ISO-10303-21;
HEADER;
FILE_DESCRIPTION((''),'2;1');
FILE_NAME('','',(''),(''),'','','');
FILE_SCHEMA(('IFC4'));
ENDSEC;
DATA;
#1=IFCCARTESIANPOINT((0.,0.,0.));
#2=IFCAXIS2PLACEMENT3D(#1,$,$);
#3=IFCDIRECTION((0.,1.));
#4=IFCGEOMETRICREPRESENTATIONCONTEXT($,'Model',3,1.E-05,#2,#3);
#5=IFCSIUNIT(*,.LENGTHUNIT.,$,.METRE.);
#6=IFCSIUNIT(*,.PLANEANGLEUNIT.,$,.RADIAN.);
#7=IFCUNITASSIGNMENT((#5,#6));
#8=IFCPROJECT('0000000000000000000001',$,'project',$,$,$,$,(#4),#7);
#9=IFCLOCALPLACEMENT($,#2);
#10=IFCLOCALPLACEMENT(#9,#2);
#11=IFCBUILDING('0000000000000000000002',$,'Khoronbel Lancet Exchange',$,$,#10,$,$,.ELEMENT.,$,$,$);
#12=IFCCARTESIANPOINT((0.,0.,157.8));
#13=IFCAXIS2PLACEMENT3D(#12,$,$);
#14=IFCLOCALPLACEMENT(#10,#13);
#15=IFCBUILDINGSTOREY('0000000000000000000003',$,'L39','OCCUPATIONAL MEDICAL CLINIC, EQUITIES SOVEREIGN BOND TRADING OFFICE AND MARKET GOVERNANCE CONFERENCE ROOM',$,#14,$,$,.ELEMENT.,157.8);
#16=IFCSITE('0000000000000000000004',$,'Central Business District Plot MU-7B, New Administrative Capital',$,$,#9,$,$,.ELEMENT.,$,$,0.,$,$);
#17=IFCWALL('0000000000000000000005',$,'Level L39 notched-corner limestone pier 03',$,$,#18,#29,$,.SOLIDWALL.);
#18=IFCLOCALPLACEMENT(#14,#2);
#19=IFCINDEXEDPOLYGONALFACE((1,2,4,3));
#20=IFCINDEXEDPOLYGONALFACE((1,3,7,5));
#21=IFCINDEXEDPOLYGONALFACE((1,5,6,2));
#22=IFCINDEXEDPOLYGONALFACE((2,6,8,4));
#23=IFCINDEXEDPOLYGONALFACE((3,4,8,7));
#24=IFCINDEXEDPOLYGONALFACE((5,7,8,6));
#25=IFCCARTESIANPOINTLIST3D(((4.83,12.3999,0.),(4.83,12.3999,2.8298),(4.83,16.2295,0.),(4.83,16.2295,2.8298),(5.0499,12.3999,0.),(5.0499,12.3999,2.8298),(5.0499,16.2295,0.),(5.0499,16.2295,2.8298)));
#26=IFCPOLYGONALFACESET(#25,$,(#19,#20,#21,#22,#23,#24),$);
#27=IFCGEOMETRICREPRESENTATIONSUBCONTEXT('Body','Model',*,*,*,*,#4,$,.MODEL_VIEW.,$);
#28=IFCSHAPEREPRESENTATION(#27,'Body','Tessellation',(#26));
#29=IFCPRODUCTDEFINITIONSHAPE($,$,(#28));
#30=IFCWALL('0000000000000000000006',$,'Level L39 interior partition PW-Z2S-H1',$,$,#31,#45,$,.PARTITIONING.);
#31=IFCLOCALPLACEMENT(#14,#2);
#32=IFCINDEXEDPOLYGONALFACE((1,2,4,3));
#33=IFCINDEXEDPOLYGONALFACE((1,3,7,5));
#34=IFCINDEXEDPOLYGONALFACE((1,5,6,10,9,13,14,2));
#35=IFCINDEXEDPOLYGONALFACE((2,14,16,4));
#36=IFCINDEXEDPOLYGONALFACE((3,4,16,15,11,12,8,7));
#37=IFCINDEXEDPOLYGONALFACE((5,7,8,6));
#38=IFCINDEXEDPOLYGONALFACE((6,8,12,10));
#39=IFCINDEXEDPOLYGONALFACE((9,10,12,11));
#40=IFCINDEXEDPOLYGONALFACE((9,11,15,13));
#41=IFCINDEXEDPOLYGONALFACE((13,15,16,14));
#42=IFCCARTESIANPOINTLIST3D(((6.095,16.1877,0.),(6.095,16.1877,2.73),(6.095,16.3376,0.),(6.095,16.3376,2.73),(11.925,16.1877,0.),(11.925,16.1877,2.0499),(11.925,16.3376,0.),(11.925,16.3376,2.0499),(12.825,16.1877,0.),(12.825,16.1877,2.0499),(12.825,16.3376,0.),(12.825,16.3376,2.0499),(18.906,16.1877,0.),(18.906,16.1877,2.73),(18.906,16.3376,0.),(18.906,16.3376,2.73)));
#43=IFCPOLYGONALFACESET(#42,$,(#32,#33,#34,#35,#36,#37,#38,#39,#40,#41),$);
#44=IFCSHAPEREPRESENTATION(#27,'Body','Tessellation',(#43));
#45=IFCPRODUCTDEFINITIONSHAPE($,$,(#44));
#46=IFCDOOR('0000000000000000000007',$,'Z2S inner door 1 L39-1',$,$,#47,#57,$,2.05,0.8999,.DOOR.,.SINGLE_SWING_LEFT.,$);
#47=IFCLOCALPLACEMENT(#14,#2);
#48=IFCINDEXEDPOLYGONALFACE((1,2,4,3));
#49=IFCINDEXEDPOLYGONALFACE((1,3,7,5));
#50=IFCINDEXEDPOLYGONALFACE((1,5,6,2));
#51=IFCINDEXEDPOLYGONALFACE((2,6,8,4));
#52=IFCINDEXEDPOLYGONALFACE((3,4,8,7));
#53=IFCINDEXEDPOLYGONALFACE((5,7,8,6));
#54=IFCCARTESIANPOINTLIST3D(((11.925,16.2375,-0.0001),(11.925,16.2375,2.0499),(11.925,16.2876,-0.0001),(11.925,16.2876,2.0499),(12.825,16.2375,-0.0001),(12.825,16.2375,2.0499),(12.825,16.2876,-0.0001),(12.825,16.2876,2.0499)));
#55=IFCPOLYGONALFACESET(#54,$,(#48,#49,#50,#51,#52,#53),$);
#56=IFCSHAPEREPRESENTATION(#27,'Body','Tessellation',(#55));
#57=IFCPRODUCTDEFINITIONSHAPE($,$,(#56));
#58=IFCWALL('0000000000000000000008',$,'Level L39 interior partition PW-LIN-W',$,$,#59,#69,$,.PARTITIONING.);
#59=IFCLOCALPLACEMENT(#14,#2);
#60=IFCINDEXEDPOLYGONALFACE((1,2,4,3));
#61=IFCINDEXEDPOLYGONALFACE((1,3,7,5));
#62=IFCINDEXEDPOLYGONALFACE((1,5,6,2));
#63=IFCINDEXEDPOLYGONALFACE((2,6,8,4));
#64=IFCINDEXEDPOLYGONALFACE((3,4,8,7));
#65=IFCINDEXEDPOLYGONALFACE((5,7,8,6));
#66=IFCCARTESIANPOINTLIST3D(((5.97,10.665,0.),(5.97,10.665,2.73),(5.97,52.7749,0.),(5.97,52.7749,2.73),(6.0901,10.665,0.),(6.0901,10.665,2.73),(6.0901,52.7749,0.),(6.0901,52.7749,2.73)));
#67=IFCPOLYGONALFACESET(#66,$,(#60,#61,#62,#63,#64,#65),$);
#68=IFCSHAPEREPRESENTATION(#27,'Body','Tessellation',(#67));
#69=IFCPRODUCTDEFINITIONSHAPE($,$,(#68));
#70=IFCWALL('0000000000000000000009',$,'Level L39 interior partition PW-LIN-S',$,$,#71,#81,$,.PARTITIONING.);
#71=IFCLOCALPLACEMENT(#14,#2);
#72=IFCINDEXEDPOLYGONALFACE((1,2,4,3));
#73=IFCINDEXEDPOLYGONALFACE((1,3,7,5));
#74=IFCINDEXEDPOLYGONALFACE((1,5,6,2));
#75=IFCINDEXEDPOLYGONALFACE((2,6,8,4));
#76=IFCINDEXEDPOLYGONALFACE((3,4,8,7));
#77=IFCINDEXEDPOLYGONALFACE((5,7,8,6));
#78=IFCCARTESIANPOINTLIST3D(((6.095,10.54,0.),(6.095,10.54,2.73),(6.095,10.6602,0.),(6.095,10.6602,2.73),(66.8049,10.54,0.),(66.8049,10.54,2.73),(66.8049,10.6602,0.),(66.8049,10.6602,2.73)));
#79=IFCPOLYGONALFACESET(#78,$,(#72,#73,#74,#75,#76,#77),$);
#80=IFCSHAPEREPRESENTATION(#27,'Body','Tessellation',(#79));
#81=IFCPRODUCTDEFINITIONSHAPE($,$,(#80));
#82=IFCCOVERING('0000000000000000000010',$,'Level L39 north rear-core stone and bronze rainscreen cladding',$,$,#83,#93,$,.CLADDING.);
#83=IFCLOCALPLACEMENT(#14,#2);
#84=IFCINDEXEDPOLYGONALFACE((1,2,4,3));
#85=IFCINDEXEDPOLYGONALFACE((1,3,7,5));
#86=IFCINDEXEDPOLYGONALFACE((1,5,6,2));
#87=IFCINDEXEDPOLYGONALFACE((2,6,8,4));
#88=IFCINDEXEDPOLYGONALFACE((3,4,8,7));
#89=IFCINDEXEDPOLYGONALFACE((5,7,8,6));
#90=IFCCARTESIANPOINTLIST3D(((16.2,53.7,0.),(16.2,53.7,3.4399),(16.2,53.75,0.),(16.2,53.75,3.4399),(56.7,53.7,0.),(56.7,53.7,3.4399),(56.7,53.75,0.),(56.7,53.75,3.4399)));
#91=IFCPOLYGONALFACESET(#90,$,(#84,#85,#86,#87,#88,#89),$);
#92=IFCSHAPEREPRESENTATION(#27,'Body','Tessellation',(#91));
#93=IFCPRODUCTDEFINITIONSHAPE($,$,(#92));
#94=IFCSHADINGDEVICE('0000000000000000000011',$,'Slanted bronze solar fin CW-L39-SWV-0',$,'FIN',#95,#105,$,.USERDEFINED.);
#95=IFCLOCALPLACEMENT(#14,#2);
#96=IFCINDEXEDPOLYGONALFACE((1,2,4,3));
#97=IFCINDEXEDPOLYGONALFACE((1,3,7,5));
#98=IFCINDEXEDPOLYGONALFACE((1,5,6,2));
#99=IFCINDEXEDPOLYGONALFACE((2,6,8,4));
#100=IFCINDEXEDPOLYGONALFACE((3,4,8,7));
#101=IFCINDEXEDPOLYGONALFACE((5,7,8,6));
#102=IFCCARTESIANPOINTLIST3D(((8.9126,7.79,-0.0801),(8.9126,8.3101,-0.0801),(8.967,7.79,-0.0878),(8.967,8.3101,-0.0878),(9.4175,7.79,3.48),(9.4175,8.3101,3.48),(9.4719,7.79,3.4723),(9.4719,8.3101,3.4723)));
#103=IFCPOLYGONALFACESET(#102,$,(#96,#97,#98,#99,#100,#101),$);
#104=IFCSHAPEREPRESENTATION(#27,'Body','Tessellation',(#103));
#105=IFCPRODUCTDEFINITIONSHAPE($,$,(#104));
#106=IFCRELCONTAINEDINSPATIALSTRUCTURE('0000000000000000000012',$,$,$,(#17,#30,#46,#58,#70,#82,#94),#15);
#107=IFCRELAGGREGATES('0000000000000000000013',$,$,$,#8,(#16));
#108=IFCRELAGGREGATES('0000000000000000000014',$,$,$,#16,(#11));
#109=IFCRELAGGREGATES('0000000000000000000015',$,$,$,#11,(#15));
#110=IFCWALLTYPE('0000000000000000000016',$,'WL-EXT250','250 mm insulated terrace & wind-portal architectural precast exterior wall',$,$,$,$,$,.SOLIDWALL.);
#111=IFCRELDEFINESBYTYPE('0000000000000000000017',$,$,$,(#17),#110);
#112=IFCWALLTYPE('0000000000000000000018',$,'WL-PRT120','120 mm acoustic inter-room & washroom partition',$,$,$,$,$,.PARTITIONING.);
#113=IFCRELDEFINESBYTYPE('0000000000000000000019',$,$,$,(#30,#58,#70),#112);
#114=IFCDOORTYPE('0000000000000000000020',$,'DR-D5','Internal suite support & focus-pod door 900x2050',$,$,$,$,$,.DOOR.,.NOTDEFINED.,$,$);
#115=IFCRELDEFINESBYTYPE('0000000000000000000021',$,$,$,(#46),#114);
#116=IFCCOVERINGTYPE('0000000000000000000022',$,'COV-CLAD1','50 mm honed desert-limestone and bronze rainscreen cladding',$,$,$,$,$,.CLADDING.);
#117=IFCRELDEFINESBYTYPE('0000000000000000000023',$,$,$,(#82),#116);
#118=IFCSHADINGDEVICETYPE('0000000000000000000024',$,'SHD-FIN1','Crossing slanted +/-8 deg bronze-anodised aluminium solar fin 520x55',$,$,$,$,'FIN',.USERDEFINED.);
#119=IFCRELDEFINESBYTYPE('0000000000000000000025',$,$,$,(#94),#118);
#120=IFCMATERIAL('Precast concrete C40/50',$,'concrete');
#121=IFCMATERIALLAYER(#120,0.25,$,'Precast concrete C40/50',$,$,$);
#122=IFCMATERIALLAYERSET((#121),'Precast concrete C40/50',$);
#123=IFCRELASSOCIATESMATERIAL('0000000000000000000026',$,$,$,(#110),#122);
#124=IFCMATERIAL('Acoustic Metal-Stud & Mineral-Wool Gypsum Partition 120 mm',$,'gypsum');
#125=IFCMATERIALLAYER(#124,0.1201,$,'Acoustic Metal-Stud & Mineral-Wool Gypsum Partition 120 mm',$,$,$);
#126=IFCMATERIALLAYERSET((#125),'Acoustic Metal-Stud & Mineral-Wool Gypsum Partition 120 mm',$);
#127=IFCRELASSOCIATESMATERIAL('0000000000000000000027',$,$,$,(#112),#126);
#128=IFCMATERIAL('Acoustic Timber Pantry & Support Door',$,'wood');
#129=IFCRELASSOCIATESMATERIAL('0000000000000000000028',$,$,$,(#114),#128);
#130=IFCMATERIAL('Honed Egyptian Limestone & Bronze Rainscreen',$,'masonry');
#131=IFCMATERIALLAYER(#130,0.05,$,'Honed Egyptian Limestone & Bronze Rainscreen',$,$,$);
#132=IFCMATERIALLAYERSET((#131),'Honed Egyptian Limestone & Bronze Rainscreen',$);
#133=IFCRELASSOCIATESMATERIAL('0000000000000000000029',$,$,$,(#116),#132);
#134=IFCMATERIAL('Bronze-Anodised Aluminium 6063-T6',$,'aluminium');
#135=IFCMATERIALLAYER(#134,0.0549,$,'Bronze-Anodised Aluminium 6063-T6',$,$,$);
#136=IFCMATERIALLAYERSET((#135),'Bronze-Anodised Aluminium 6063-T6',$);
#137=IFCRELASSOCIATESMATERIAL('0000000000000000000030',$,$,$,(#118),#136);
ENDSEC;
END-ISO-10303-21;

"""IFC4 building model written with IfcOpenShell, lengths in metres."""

from ifc_helpers import new_model, si_unit, direction, frame, frame_2d, origin, place, context, subcontext, project, spatial, polyline, rectangle, outline, extrude, material, layer, layer_set, type_object, element, fill, save


model = new_model("IFC4")

# Units and contexts
model_context = context("Model", 3, precision=1e-05, world=origin(), true_north=direction((0.0, 1.0)))
body_context = subcontext(model_context, "Body", "Model", "MODEL_VIEW")
ifc_project = project(units=[si_unit("LENGTHUNIT", "METRE"), si_unit("PLANEANGLEUNIT", "RADIAN")], contexts=[model_context])

# Site, building, storey
site_placement = place(None, origin())
site = spatial("IfcSite", under=ifc_project, at=site_placement, Name="Central Business District Plot MU-7B, New Administrative Capital", CompositionType="ELEMENT", RefElevation=0.0)
building_placement = place(site_placement, origin())
building = spatial("IfcBuilding", under=site, at=building_placement, Name="Khoronbel Lancet Exchange", CompositionType="ELEMENT")
storey_placement = place(building_placement, frame((0.0, 0.0, 157.8)))
storey = spatial("IfcBuildingStorey", under=building, at=storey_placement, Name="L39", Description="OCCUPATIONAL MEDICAL CLINIC, EQUITIES SOVEREIGN BOND TRADING OFFICE AND MARKET GOVERNANCE CONFERENCE ROOM", CompositionType="ELEMENT", Elevation=157.8)

# Shared definitions
ifc_material_1 = material(Name="Bronze-Anodised Aluminium 6063-T6", Category="aluminium")

# Wall
ifc_material_2 = material(Name="Precast concrete C40/50", Category="concrete")
ifc_layer_1 = layer(ifc_material_2, 0.25, Name="Precast concrete C40/50")
ifc_layer_set_1 = layer_set([ifc_layer_1], Name="Precast concrete C40/50")
wall_type_1 = type_object("IfcWallType", Name="WL-EXT250", Description="250 mm insulated terrace & wind-portal architectural precast exterior wall", PredefinedType="SOLIDWALL", material=ifc_layer_set_1)
wall_1_placement = place(storey_placement, frame((4.9399, 12.3999, 0.0), z_axis=(0.0, 0.0, 1.0), x_axis=(0.0, 1.0, 0.0)))
element("IfcWall", 1, at=wall_1_placement, inside=storey, type_object=wall_type_1, Name="Level L39 notched-corner limestone pier 03", PredefinedType="SOLIDWALL", context=body_context, shape_type="SweptSolid", body=[
    extrude(rectangle(XDim=3.8296, YDim=0.22, at=frame_2d((1.9148, 0.0))), origin(), (0.0, 0.0, 1.0), 2.8298),
])

# Wall, opening, door
ifc_material_3 = material(Name="Acoustic Metal-Stud & Mineral-Wool Gypsum Partition 120 mm", Category="gypsum")
ifc_layer_2 = layer(ifc_material_3, 0.1201, Name="Acoustic Metal-Stud & Mineral-Wool Gypsum Partition 120 mm")
ifc_layer_set_2 = layer_set([ifc_layer_2], Name="Acoustic Metal-Stud & Mineral-Wool Gypsum Partition 120 mm")
wall_type_2 = type_object("IfcWallType", Name="WL-PRT120", Description="120 mm acoustic inter-room & washroom partition", PredefinedType="PARTITIONING", material=ifc_layer_set_2)
wall_2_placement = place(storey_placement, frame((6.095, 16.2627, 0.0), z_axis=(0.0, 0.0, 1.0), x_axis=(1.0, 0.0, 0.0)))
wall_2 = element("IfcWall", 2, at=wall_2_placement, inside=storey, type_object=wall_type_2, Name="Level L39 interior partition PW-Z2S-H1", PredefinedType="PARTITIONING", context=body_context, shape_type="SweptSolid", body=[
    extrude(rectangle(XDim=12.811, YDim=0.1499, at=frame_2d((6.4055, 0.0))), origin(), (0.0, 0.0, 1.0), 2.73),
])
opening_placement = place(wall_2_placement, frame((5.8301, 0.0, 0.0)))
opening = element("IfcOpeningElement", 3, at=opening_placement, cuts=wall_2, PredefinedType="OPENING", context=body_context, shape_type="SweptSolid", body=[
    extrude(rectangle(XDim=0.8999, YDim=2.05, at=frame_2d((0.45, 1.0249))), frame((0.0, 0.085, 0.0), z_axis=(0.0, -1.0, 0.0), x_axis=(1.0, 0.0, 0.0)), (0.0, 0.0, 1.0), 0.1699),
])
ifc_material_4 = material(Name="Acoustic Timber Pantry & Support Door", Category="wood")
door_type = type_object("IfcDoorType", Name="DR-D5", Description="Internal suite support & focus-pod door 900x2050", OperationType="NOTDEFINED", PredefinedType="DOOR", material=ifc_material_4)
door_placement = place(opening_placement, origin())
door = element("IfcDoor", 4, at=door_placement, inside=storey, type_object=door_type, Name="Z2S inner door 1 L39-1", OperationType="SINGLE_SWING_LEFT", OverallHeight=2.05, OverallWidth=0.8999, PredefinedType="DOOR", context=body_context, shape_type="SweptSolid", body=[
    extrude(rectangle(XDim=0.8999, YDim=2.05, at=frame_2d((0.45, 1.0249))), frame((0.0, 0.0249, 0.0), z_axis=(0.0, -1.0, 0.0), x_axis=(1.0, 0.0, 0.0)), (0.0, 0.0, 1.0), 0.05),
])
fill(opening, door)

# Walls
wall_3_placement = place(storey_placement, frame((6.03, 10.665, 0.0), z_axis=(0.0, 0.0, 1.0), x_axis=(0.0, 1.0, 0.0)))
element("IfcWall", 5, at=wall_3_placement, inside=storey, type_object=wall_type_2, Name="Level L39 interior partition PW-LIN-W", PredefinedType="PARTITIONING", context=body_context, shape_type="SweptSolid", body=[
    extrude(rectangle(XDim=42.1099, YDim=0.1201, at=frame_2d((21.0549, 0.0))), origin(), (0.0, 0.0, 1.0), 2.73),
])
wall_4_placement = place(storey_placement, frame((6.095, 10.6001, 0.0), z_axis=(0.0, 0.0, 1.0), x_axis=(1.0, 0.0, 0.0)))
element("IfcWall", 6, at=wall_4_placement, inside=storey, type_object=wall_type_2, Name="Level L39 interior partition PW-LIN-S", PredefinedType="PARTITIONING", context=body_context, shape_type="SweptSolid", body=[
    extrude(rectangle(XDim=60.71, YDim=0.1201, at=frame_2d((30.355, 0.0))), origin(), (0.0, 0.0, 1.0), 2.73),
])

# Covering
ifc_material_5 = material(Name="Honed Egyptian Limestone & Bronze Rainscreen", Category="masonry")
ifc_layer_3 = layer(ifc_material_5, 0.05, Name="Honed Egyptian Limestone & Bronze Rainscreen")
ifc_layer_set_3 = layer_set([ifc_layer_3], Name="Honed Egyptian Limestone & Bronze Rainscreen")
covering_type = type_object("IfcCoveringType", Name="COV-CLAD1", Description="50 mm honed desert-limestone and bronze rainscreen cladding", PredefinedType="CLADDING", material=ifc_layer_set_3)
covering_placement = place(storey_placement, origin())
element("IfcCovering", 7, at=covering_placement, inside=storey, type_object=covering_type, Name="Level L39 north rear-core stone and bronze rainscreen cladding", PredefinedType="CLADDING", context=body_context, shape_type="SweptSolid", body=[
    extrude(outline(polyline([(16.2, 53.7), (56.7, 53.7), (56.7, 53.75), (16.2, 53.75), (16.2, 53.7)])), origin(), (0.0, 0.0, 1.0), 3.4399),
])

# Shading device
ifc_layer_4 = layer(ifc_material_1, 0.0549, Name="Bronze-Anodised Aluminium 6063-T6")
ifc_layer_set_4 = layer_set([ifc_layer_4], Name="Bronze-Anodised Aluminium 6063-T6")
shading_device_type = type_object("IfcShadingDeviceType", Name="SHD-FIN1", Description="Crossing slanted +/-8 deg bronze-anodised aluminium solar fin 520x55", ElementType="FIN", PredefinedType="USERDEFINED", material=ifc_layer_set_4)
shading_device_placement = place(storey_placement, frame((8.9126, 8.3101, -0.0801), z_axis=(-0.990093, 0.0, 0.140414), x_axis=(0.0, -1.0, 0.0)))
element("IfcShadingDevice", 8, at=shading_device_placement, inside=storey, type_object=shading_device_type, Name="Slanted bronze solar fin CW-L39-SWV-0", ObjectType="FIN", PredefinedType="USERDEFINED", context=body_context, shape_type="SweptSolid", body=[
    extrude(outline(polyline([(0.0, 0.0), (0.52, 0.0), (0.52, 3.5957), (0.0, 3.5957), (0.0, 0.0)])), origin(), (0.0, 0.0, -1.0), 0.0549),
])

save(model, "model.ifc")
